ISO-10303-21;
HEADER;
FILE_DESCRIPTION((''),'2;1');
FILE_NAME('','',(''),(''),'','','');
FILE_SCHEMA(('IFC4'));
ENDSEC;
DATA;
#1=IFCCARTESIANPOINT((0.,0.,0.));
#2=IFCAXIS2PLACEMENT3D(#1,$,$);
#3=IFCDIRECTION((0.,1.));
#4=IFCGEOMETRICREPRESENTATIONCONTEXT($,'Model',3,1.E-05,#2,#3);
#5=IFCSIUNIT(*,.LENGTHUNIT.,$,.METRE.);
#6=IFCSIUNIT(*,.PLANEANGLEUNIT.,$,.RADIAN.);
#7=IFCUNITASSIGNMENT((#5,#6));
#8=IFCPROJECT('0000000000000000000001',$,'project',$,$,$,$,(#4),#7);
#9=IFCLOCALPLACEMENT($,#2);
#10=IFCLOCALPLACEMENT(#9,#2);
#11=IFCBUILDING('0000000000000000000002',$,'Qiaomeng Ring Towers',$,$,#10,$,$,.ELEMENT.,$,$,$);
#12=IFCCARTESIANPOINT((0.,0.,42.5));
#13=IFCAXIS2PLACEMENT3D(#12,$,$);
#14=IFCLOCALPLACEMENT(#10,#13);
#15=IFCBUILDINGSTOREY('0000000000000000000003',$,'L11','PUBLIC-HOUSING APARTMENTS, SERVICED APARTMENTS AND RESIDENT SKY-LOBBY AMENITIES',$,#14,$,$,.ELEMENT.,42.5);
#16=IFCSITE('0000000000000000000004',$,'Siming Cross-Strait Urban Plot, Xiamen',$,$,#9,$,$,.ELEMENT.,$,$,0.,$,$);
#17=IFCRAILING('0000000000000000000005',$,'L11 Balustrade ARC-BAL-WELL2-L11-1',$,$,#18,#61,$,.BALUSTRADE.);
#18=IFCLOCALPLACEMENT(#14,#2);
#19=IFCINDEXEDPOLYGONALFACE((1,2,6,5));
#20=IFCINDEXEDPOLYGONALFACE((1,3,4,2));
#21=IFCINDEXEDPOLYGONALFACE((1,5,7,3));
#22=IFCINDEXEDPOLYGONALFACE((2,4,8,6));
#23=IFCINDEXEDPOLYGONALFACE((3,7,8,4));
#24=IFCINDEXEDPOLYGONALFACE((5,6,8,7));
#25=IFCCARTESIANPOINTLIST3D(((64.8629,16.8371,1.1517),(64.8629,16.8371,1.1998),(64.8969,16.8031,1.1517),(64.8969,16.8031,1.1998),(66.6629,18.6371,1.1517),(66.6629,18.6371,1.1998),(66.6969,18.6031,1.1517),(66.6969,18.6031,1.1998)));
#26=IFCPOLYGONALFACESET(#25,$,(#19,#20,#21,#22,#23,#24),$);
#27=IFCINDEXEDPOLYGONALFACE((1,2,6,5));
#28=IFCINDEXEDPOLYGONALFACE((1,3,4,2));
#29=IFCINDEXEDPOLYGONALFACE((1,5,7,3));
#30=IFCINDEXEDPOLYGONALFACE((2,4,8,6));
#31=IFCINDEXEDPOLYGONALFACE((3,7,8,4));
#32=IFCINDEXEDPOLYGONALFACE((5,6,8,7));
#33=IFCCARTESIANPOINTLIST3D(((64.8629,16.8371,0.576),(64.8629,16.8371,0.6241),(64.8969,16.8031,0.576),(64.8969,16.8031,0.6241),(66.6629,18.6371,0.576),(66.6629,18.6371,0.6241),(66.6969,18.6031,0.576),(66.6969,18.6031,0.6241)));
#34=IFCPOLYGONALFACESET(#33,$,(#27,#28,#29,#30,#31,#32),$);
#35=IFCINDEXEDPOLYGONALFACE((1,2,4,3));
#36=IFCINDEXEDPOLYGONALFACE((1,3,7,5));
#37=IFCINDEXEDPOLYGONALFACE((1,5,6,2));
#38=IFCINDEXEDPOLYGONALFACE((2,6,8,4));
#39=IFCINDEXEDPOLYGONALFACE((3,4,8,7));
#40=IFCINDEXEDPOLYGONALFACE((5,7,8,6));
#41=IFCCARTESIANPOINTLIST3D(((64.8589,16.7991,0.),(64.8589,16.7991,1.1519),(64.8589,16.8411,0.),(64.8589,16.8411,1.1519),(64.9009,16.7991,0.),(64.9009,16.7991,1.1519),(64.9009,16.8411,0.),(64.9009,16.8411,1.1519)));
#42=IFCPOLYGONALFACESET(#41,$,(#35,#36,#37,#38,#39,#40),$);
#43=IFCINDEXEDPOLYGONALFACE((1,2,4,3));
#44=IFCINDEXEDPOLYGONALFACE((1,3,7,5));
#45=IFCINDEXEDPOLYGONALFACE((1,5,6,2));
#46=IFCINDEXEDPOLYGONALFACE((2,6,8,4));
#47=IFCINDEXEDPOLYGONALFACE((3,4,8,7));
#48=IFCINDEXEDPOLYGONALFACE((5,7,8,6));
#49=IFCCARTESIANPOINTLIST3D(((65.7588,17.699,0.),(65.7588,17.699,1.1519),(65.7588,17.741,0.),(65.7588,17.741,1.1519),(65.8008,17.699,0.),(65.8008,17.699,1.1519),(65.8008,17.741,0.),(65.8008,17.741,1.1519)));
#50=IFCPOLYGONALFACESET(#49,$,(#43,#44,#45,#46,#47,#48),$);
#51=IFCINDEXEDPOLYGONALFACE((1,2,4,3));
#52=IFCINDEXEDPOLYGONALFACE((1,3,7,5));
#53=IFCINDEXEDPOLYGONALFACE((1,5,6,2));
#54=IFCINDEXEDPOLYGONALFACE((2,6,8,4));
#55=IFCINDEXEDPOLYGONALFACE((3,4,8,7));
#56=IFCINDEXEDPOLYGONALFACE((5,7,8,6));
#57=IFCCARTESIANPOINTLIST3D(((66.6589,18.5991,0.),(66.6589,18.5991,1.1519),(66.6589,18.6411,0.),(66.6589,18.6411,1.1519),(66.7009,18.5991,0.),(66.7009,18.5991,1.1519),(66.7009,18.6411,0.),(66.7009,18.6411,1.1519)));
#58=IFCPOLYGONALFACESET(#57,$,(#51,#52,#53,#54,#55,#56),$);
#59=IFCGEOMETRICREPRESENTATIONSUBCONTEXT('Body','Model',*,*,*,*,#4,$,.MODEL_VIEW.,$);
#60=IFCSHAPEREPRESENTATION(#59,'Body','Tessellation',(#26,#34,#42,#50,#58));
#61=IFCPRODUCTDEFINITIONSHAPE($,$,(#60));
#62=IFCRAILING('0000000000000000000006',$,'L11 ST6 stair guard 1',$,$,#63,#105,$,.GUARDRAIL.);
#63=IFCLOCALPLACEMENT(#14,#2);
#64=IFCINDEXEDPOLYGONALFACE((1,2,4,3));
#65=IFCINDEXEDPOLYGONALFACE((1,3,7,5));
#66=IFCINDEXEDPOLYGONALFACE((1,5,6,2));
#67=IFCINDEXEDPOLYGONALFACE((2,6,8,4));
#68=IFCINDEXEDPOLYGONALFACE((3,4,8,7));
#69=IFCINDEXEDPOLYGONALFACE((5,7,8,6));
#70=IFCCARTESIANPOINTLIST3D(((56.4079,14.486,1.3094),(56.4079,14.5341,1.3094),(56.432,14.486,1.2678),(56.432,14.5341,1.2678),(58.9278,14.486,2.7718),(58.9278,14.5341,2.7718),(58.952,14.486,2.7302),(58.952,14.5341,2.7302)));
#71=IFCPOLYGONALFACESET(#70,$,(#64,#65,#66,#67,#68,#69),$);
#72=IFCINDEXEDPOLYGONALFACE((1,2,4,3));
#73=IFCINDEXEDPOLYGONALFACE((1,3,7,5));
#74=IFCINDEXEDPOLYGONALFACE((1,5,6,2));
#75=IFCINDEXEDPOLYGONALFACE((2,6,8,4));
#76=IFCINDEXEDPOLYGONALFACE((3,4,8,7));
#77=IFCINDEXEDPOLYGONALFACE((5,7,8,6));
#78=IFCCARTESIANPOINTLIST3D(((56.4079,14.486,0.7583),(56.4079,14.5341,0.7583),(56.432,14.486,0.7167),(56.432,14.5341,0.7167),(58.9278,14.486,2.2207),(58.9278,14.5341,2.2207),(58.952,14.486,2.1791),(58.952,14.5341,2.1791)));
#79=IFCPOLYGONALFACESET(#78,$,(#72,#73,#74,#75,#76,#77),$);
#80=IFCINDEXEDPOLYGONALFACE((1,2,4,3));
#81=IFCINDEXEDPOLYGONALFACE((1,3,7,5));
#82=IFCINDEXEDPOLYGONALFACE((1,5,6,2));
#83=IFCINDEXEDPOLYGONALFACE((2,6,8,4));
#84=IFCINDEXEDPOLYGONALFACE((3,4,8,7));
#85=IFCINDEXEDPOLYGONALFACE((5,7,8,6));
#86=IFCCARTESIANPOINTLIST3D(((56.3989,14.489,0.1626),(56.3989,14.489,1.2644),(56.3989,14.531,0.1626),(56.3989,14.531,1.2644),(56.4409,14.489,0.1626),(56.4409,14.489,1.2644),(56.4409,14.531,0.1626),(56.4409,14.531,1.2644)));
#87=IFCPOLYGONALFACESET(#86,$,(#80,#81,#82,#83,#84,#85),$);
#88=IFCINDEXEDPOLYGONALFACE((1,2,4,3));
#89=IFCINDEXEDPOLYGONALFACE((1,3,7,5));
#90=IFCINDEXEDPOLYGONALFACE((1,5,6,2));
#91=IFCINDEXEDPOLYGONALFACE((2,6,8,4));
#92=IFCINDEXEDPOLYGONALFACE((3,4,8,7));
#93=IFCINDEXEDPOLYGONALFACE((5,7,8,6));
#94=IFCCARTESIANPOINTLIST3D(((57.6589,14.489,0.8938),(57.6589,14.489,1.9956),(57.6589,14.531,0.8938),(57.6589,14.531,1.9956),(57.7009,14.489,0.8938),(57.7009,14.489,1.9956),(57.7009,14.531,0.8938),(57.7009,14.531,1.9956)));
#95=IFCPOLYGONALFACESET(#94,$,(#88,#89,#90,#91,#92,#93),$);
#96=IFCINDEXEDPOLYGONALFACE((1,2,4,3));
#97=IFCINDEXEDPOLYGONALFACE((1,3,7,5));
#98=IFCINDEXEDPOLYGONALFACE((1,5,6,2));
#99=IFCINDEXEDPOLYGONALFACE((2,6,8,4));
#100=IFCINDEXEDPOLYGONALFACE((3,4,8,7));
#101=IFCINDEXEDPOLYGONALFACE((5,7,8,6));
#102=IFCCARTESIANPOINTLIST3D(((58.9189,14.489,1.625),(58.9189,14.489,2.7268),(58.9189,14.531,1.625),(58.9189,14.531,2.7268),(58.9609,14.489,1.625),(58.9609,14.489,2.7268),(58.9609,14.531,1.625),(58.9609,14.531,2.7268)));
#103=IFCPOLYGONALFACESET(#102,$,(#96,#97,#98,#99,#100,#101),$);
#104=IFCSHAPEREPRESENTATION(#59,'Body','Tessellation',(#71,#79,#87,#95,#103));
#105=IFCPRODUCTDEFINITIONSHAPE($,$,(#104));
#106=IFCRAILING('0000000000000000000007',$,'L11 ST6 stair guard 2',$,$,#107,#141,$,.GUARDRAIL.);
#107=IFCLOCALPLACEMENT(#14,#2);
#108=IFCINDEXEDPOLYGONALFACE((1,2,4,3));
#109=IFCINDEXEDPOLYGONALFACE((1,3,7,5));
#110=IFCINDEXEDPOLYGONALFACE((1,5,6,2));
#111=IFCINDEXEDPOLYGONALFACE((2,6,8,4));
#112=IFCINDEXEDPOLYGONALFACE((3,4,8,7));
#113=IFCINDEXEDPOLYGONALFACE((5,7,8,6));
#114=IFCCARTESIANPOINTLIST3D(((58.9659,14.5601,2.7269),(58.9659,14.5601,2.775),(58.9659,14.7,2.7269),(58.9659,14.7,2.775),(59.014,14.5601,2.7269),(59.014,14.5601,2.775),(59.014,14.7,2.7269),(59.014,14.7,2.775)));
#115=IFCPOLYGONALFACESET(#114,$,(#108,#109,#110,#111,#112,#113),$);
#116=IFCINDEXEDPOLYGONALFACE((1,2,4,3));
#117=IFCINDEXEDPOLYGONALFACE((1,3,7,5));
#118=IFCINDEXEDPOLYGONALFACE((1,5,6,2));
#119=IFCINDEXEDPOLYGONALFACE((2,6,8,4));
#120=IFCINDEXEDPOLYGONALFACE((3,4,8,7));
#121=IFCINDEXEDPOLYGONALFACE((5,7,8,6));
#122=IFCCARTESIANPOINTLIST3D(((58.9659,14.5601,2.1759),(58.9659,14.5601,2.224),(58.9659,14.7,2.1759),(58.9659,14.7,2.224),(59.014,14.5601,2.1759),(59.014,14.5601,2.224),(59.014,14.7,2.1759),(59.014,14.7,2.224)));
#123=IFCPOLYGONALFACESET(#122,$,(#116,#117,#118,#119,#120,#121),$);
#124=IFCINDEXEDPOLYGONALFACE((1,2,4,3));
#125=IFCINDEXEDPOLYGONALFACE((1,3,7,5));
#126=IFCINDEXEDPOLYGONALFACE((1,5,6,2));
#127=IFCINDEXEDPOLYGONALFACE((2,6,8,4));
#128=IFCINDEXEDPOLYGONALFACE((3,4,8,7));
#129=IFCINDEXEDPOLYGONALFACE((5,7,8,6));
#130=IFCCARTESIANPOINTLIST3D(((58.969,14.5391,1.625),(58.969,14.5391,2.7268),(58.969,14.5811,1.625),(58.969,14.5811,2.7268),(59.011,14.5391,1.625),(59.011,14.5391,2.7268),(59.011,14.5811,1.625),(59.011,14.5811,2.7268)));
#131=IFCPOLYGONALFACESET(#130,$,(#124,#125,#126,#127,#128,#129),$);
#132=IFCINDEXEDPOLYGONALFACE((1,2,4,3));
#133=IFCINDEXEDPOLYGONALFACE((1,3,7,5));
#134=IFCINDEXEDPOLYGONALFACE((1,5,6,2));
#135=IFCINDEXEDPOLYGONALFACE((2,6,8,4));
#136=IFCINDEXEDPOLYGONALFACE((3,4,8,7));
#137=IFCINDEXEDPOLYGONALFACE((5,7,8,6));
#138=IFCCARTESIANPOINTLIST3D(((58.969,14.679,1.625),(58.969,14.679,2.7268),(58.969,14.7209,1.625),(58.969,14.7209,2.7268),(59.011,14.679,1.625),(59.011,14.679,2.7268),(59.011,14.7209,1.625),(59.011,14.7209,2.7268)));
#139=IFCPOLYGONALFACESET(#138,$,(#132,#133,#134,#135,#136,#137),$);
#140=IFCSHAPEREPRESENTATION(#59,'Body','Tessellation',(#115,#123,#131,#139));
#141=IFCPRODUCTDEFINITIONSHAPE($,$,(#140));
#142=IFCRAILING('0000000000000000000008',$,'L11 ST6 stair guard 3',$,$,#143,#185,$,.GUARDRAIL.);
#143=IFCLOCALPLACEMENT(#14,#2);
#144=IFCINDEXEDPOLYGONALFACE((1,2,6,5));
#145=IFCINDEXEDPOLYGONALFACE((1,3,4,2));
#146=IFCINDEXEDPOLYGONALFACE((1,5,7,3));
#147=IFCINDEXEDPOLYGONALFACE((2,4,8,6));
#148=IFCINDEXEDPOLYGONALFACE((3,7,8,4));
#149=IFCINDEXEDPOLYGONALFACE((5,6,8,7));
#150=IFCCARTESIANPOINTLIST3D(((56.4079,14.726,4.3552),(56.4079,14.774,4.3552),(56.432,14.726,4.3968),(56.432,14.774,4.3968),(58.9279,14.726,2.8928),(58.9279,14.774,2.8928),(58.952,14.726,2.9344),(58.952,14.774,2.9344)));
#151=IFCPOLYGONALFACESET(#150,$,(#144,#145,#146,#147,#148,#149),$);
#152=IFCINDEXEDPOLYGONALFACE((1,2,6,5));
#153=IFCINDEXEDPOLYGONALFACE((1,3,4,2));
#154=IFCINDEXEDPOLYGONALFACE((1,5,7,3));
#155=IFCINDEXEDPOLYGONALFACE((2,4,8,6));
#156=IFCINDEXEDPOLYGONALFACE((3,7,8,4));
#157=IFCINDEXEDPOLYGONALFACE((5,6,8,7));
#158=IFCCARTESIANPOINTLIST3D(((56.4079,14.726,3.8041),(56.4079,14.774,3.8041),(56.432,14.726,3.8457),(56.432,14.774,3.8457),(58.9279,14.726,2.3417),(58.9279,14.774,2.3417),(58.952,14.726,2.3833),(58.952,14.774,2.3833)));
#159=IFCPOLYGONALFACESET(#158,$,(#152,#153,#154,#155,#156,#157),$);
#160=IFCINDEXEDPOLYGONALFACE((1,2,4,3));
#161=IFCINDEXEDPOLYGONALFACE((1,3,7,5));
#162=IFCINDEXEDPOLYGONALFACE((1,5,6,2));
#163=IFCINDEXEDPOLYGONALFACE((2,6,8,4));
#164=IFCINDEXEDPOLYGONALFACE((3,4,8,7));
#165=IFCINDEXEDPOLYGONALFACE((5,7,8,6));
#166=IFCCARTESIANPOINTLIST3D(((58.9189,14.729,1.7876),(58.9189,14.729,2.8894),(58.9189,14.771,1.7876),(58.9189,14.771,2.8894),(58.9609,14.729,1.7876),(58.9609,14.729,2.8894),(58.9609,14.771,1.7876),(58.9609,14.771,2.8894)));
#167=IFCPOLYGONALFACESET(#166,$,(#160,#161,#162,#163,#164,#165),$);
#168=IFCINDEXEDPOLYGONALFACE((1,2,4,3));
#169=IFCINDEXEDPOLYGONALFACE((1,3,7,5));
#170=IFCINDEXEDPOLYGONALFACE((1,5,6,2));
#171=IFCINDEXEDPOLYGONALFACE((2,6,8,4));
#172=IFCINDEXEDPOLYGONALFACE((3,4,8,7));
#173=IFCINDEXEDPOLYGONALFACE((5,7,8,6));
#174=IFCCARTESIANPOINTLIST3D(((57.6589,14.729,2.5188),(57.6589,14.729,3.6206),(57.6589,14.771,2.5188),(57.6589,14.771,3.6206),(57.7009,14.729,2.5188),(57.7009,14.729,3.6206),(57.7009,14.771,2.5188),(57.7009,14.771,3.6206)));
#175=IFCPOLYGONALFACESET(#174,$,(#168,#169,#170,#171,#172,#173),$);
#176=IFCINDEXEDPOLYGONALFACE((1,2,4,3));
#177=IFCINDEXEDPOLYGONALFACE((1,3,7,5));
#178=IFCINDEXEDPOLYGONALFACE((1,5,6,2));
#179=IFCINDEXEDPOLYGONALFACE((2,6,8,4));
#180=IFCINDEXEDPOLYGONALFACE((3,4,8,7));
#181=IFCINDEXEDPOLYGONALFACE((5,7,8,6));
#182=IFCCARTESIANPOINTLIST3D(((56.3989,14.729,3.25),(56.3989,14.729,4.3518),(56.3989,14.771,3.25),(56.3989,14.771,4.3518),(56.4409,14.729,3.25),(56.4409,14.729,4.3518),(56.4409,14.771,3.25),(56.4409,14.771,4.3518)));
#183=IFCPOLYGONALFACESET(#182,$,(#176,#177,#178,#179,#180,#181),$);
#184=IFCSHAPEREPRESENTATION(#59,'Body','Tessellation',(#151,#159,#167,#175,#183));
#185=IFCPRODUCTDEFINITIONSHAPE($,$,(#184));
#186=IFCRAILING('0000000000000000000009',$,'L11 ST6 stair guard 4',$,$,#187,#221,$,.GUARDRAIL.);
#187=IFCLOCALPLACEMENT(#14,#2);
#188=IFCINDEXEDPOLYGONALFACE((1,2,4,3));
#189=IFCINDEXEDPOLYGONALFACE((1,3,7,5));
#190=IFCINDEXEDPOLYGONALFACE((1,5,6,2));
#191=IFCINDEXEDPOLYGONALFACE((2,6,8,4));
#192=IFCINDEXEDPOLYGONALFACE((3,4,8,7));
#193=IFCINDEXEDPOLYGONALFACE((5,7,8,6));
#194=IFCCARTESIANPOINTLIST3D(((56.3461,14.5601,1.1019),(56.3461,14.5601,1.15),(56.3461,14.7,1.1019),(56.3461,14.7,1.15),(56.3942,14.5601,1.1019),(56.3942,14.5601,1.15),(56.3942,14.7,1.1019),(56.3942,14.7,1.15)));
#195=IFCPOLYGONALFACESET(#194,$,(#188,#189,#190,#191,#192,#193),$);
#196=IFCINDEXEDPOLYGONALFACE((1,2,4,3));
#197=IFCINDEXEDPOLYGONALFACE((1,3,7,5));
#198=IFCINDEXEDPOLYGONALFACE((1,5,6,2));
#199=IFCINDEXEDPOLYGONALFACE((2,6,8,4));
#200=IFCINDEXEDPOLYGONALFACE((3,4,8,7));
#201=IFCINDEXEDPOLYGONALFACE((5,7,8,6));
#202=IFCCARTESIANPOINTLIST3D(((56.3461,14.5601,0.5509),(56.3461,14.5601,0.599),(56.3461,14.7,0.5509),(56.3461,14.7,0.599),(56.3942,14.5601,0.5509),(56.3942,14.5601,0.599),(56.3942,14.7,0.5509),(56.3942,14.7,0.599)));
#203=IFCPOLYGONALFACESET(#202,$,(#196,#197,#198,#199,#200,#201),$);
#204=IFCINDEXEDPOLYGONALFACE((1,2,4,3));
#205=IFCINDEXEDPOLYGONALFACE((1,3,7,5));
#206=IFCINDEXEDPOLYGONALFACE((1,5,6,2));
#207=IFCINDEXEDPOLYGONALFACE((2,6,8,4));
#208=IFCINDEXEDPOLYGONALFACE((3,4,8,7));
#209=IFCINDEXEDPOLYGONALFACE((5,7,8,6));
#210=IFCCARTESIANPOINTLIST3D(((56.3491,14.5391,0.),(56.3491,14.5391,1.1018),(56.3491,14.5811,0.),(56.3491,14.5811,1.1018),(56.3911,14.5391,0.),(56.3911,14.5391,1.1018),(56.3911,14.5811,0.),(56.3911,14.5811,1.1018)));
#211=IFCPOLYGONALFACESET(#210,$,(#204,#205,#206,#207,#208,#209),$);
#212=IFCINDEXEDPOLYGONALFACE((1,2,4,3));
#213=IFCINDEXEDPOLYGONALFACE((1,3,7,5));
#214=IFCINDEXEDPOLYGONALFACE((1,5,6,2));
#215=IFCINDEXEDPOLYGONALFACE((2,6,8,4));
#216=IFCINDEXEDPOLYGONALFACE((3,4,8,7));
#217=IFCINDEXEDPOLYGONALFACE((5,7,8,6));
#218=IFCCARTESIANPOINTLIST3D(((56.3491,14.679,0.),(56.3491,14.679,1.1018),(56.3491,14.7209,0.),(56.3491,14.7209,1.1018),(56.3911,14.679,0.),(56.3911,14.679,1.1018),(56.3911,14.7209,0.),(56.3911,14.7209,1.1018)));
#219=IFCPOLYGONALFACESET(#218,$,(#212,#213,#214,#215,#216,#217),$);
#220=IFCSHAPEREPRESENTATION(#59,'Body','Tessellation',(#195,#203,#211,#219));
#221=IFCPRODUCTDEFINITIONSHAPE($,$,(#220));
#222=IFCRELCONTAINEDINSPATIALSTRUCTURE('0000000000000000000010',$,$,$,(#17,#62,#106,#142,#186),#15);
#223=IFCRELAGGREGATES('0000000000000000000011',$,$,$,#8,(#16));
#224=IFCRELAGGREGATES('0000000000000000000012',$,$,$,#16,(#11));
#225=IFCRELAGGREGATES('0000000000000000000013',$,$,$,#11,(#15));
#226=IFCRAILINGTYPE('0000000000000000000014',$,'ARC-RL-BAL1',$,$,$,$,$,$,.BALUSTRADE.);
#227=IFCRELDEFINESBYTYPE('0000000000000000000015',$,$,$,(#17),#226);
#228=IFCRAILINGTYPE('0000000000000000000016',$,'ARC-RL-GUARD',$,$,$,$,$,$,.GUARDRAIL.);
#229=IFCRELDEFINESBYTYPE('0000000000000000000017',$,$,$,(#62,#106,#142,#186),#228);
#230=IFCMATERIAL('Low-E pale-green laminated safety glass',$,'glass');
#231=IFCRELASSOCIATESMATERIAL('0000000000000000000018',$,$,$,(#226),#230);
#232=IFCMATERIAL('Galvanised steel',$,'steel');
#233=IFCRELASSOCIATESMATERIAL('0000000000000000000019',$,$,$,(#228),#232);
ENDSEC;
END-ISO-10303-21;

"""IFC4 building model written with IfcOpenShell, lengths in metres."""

from ifc_helpers import new_model, si_unit, direction, frame, origin, origin_2d, place, context, subcontext, project, spatial, rectangle, extrude, material, type_object, element, save


model = new_model("IFC4")

# Units and contexts
model_context = context("Model", 3, precision=1e-05, world=origin(), true_north=direction((0.0, 1.0)))
body_context = subcontext(model_context, "Body", "Model", "MODEL_VIEW")
ifc_project = project(units=[si_unit("LENGTHUNIT", "METRE"), si_unit("PLANEANGLEUNIT", "RADIAN")], contexts=[model_context])

# Site, building, storey
site_placement = place(None, origin())
site = spatial("IfcSite", under=ifc_project, at=site_placement, Name="Siming Cross-Strait Urban Plot, Xiamen", CompositionType="ELEMENT", RefElevation=0.0)
building_placement = place(site_placement, origin())
building = spatial("IfcBuilding", under=site, at=building_placement, Name="Qiaomeng Ring Towers", CompositionType="ELEMENT")
storey_placement = place(building_placement, frame((0.0, 0.0, 42.5)))
storey = spatial("IfcBuildingStorey", under=building, at=storey_placement, Name="L11", Description="PUBLIC-HOUSING APARTMENTS, SERVICED APARTMENTS AND RESIDENT SKY-LOBBY AMENITIES", CompositionType="ELEMENT", Elevation=42.5)

# Railings
ifc_material_1 = material(Name="Low-E pale-green laminated safety glass", Category="glass")
railing_type_1 = type_object("IfcRailingType", Name="ARC-RL-BAL1", PredefinedType="BALUSTRADE", material=ifc_material_1)
railing_1_placement = place(storey_placement, frame((64.8799, 16.8201, 0.0)))
element("IfcRailing", 1, at=railing_1_placement, inside=storey, type_object=railing_type_1, Name="L11 Balustrade ARC-BAL-WELL2-L11-1", PredefinedType="BALUSTRADE", context=body_context, shape_type="SweptSolid", body=[
    extrude(rectangle(XDim=0.0481, YDim=0.0481, at=origin_2d()), frame((0.0, 0.0, 1.1758), z_axis=(0.707107, 0.707107, 0.0), x_axis=(-0.707107, 0.707107, 0.0)), (0.0, 0.0, 1.0), 2.5457),
    extrude(rectangle(XDim=0.0481, YDim=0.0481, at=origin_2d()), frame((0.0, 0.0, 0.6001), z_axis=(0.707107, 0.707107, 0.0), x_axis=(-0.707107, 0.707107, 0.0)), (0.0, 0.0, 1.0), 2.5457),
    extrude(rectangle(XDim=0.042, YDim=0.042, at=origin_2d()), origin(), (0.0, 0.0, 1.0), 1.1519),
    extrude(rectangle(XDim=0.042, YDim=0.042, at=origin_2d()), frame((0.8999, 0.8999, 0.0)), (0.0, 0.0, 1.0), 1.1519),
    extrude(rectangle(XDim=0.042, YDim=0.042, at=origin_2d()), frame((1.8, 1.8, 0.0)), (0.0, 0.0, 1.0), 1.1519),
])
ifc_material_2 = material(Name="Galvanised steel", Category="steel")
railing_type_2 = type_object("IfcRailingType", Name="ARC-RL-GUARD", PredefinedType="GUARDRAIL", material=ifc_material_2)
railing_2_placement = place(storey_placement, frame((56.4199, 14.51, 0.1626)))
element("IfcRailing", 2, at=railing_2_placement, inside=storey, type_object=railing_type_2, Name="L11 ST6 stair guard 1", PredefinedType="GUARDRAIL", context=body_context, shape_type="SweptSolid", body=[
    extrude(rectangle(XDim=0.0481, YDim=0.0481, at=origin_2d()), frame((0.0, 0.0, 1.126), z_axis=(0.864913, 0.0, 0.501921), x_axis=(0.0, 1.0, 0.0)), (0.0, 0.0, 1.0), 2.9136),
    extrude(rectangle(XDim=0.0481, YDim=0.0481, at=origin_2d()), frame((0.0, 0.0, 0.575), z_axis=(0.864913, 0.0, 0.501921), x_axis=(0.0, 1.0, 0.0)), (0.0, 0.0, 1.0), 2.9136),
    extrude(rectangle(XDim=0.042, YDim=0.042, at=origin_2d()), origin(), (0.0, 0.0, 1.0), 1.1018),
    extrude(rectangle(XDim=0.042, YDim=0.042, at=origin_2d()), frame((1.26, 0.0, 0.7312)), (0.0, 0.0, 1.0), 1.1018),
    extrude(rectangle(XDim=0.042, YDim=0.042, at=origin_2d()), frame((2.52, 0.0, 1.4624)), (0.0, 0.0, 1.0), 1.1018),
])
railing_3_placement = place(storey_placement, frame((58.99, 14.5601, 1.625)))
element("IfcRailing", 3, at=railing_3_placement, inside=storey, type_object=railing_type_2, Name="L11 ST6 stair guard 2", PredefinedType="GUARDRAIL", context=body_context, shape_type="SweptSolid", body=[
    extrude(rectangle(XDim=0.0481, YDim=0.0481, at=origin_2d()), frame((0.0, 0.0, 1.126), z_axis=(0.0, 1.0, 0.0), x_axis=(-1.0, 0.0, 0.0)), (0.0, 0.0, 1.0), 0.1399),
    extrude(rectangle(XDim=0.0481, YDim=0.0481, at=origin_2d()), frame((0.0, 0.0, 0.575), z_axis=(0.0, 1.0, 0.0), x_axis=(-1.0, 0.0, 0.0)), (0.0, 0.0, 1.0), 0.1399),
    extrude(rectangle(XDim=0.042, YDim=0.042, at=origin_2d()), origin(), (0.0, 0.0, 1.0), 1.1018),
    extrude(rectangle(XDim=0.042, YDim=0.042, at=origin_2d()), frame((0.0, 0.1399, 0.0)), (0.0, 0.0, 1.0), 1.1018),
])
railing_4_placement = place(storey_placement, frame((58.9399, 14.75, 1.7876)))
element("IfcRailing", 4, at=railing_4_placement, inside=storey, type_object=railing_type_2, Name="L11 ST6 stair guard 3", PredefinedType="GUARDRAIL", context=body_context, shape_type="SweptSolid", body=[
    extrude(rectangle(XDim=0.0481, YDim=0.0481, at=origin_2d()), frame((0.0, 0.0, 1.126), z_axis=(-0.864913, 0.0, 0.501921), x_axis=(0.0, -1.0, 0.0)), (0.0, 0.0, 1.0), 2.9136),
    extrude(rectangle(XDim=0.0481, YDim=0.0481, at=origin_2d()), frame((0.0, 0.0, 0.575), z_axis=(-0.864913, 0.0, 0.501921), x_axis=(0.0, -1.0, 0.0)), (0.0, 0.0, 1.0), 2.9136),
    extrude(rectangle(XDim=0.042, YDim=0.042, at=origin_2d()), origin(), (0.0, 0.0, 1.0), 1.1018),
    extrude(rectangle(XDim=0.042, YDim=0.042, at=origin_2d()), frame((-1.26, 0.0, 0.7312)), (0.0, 0.0, 1.0), 1.1018),
    extrude(rectangle(XDim=0.042, YDim=0.042, at=origin_2d()), frame((-2.52, 0.0, 1.4624)), (0.0, 0.0, 1.0), 1.1018),
])
railing_5_placement = place(storey_placement, frame((56.3701, 14.5601, 0.0)))
element("IfcRailing", 5, at=railing_5_placement, inside=storey, type_object=railing_type_2, Name="L11 ST6 stair guard 4", PredefinedType="GUARDRAIL", context=body_context, shape_type="SweptSolid", body=[
    extrude(rectangle(XDim=0.0481, YDim=0.0481, at=origin_2d()), frame((0.0, 0.0, 1.126), z_axis=(0.0, 1.0, 0.0), x_axis=(-1.0, 0.0, 0.0)), (0.0, 0.0, 1.0), 0.1399),
    extrude(rectangle(XDim=0.0481, YDim=0.0481, at=origin_2d()), frame((0.0, 0.0, 0.575), z_axis=(0.0, 1.0, 0.0), x_axis=(-1.0, 0.0, 0.0)), (0.0, 0.0, 1.0), 0.1399),
    extrude(rectangle(XDim=0.042, YDim=0.042, at=origin_2d()), origin(), (0.0, 0.0, 1.0), 1.1018),
    extrude(rectangle(XDim=0.042, YDim=0.042, at=origin_2d()), frame((0.0, 0.1399, 0.0)), (0.0, 0.0, 1.0), 1.1018),
])

save(model, "model.ifc")
